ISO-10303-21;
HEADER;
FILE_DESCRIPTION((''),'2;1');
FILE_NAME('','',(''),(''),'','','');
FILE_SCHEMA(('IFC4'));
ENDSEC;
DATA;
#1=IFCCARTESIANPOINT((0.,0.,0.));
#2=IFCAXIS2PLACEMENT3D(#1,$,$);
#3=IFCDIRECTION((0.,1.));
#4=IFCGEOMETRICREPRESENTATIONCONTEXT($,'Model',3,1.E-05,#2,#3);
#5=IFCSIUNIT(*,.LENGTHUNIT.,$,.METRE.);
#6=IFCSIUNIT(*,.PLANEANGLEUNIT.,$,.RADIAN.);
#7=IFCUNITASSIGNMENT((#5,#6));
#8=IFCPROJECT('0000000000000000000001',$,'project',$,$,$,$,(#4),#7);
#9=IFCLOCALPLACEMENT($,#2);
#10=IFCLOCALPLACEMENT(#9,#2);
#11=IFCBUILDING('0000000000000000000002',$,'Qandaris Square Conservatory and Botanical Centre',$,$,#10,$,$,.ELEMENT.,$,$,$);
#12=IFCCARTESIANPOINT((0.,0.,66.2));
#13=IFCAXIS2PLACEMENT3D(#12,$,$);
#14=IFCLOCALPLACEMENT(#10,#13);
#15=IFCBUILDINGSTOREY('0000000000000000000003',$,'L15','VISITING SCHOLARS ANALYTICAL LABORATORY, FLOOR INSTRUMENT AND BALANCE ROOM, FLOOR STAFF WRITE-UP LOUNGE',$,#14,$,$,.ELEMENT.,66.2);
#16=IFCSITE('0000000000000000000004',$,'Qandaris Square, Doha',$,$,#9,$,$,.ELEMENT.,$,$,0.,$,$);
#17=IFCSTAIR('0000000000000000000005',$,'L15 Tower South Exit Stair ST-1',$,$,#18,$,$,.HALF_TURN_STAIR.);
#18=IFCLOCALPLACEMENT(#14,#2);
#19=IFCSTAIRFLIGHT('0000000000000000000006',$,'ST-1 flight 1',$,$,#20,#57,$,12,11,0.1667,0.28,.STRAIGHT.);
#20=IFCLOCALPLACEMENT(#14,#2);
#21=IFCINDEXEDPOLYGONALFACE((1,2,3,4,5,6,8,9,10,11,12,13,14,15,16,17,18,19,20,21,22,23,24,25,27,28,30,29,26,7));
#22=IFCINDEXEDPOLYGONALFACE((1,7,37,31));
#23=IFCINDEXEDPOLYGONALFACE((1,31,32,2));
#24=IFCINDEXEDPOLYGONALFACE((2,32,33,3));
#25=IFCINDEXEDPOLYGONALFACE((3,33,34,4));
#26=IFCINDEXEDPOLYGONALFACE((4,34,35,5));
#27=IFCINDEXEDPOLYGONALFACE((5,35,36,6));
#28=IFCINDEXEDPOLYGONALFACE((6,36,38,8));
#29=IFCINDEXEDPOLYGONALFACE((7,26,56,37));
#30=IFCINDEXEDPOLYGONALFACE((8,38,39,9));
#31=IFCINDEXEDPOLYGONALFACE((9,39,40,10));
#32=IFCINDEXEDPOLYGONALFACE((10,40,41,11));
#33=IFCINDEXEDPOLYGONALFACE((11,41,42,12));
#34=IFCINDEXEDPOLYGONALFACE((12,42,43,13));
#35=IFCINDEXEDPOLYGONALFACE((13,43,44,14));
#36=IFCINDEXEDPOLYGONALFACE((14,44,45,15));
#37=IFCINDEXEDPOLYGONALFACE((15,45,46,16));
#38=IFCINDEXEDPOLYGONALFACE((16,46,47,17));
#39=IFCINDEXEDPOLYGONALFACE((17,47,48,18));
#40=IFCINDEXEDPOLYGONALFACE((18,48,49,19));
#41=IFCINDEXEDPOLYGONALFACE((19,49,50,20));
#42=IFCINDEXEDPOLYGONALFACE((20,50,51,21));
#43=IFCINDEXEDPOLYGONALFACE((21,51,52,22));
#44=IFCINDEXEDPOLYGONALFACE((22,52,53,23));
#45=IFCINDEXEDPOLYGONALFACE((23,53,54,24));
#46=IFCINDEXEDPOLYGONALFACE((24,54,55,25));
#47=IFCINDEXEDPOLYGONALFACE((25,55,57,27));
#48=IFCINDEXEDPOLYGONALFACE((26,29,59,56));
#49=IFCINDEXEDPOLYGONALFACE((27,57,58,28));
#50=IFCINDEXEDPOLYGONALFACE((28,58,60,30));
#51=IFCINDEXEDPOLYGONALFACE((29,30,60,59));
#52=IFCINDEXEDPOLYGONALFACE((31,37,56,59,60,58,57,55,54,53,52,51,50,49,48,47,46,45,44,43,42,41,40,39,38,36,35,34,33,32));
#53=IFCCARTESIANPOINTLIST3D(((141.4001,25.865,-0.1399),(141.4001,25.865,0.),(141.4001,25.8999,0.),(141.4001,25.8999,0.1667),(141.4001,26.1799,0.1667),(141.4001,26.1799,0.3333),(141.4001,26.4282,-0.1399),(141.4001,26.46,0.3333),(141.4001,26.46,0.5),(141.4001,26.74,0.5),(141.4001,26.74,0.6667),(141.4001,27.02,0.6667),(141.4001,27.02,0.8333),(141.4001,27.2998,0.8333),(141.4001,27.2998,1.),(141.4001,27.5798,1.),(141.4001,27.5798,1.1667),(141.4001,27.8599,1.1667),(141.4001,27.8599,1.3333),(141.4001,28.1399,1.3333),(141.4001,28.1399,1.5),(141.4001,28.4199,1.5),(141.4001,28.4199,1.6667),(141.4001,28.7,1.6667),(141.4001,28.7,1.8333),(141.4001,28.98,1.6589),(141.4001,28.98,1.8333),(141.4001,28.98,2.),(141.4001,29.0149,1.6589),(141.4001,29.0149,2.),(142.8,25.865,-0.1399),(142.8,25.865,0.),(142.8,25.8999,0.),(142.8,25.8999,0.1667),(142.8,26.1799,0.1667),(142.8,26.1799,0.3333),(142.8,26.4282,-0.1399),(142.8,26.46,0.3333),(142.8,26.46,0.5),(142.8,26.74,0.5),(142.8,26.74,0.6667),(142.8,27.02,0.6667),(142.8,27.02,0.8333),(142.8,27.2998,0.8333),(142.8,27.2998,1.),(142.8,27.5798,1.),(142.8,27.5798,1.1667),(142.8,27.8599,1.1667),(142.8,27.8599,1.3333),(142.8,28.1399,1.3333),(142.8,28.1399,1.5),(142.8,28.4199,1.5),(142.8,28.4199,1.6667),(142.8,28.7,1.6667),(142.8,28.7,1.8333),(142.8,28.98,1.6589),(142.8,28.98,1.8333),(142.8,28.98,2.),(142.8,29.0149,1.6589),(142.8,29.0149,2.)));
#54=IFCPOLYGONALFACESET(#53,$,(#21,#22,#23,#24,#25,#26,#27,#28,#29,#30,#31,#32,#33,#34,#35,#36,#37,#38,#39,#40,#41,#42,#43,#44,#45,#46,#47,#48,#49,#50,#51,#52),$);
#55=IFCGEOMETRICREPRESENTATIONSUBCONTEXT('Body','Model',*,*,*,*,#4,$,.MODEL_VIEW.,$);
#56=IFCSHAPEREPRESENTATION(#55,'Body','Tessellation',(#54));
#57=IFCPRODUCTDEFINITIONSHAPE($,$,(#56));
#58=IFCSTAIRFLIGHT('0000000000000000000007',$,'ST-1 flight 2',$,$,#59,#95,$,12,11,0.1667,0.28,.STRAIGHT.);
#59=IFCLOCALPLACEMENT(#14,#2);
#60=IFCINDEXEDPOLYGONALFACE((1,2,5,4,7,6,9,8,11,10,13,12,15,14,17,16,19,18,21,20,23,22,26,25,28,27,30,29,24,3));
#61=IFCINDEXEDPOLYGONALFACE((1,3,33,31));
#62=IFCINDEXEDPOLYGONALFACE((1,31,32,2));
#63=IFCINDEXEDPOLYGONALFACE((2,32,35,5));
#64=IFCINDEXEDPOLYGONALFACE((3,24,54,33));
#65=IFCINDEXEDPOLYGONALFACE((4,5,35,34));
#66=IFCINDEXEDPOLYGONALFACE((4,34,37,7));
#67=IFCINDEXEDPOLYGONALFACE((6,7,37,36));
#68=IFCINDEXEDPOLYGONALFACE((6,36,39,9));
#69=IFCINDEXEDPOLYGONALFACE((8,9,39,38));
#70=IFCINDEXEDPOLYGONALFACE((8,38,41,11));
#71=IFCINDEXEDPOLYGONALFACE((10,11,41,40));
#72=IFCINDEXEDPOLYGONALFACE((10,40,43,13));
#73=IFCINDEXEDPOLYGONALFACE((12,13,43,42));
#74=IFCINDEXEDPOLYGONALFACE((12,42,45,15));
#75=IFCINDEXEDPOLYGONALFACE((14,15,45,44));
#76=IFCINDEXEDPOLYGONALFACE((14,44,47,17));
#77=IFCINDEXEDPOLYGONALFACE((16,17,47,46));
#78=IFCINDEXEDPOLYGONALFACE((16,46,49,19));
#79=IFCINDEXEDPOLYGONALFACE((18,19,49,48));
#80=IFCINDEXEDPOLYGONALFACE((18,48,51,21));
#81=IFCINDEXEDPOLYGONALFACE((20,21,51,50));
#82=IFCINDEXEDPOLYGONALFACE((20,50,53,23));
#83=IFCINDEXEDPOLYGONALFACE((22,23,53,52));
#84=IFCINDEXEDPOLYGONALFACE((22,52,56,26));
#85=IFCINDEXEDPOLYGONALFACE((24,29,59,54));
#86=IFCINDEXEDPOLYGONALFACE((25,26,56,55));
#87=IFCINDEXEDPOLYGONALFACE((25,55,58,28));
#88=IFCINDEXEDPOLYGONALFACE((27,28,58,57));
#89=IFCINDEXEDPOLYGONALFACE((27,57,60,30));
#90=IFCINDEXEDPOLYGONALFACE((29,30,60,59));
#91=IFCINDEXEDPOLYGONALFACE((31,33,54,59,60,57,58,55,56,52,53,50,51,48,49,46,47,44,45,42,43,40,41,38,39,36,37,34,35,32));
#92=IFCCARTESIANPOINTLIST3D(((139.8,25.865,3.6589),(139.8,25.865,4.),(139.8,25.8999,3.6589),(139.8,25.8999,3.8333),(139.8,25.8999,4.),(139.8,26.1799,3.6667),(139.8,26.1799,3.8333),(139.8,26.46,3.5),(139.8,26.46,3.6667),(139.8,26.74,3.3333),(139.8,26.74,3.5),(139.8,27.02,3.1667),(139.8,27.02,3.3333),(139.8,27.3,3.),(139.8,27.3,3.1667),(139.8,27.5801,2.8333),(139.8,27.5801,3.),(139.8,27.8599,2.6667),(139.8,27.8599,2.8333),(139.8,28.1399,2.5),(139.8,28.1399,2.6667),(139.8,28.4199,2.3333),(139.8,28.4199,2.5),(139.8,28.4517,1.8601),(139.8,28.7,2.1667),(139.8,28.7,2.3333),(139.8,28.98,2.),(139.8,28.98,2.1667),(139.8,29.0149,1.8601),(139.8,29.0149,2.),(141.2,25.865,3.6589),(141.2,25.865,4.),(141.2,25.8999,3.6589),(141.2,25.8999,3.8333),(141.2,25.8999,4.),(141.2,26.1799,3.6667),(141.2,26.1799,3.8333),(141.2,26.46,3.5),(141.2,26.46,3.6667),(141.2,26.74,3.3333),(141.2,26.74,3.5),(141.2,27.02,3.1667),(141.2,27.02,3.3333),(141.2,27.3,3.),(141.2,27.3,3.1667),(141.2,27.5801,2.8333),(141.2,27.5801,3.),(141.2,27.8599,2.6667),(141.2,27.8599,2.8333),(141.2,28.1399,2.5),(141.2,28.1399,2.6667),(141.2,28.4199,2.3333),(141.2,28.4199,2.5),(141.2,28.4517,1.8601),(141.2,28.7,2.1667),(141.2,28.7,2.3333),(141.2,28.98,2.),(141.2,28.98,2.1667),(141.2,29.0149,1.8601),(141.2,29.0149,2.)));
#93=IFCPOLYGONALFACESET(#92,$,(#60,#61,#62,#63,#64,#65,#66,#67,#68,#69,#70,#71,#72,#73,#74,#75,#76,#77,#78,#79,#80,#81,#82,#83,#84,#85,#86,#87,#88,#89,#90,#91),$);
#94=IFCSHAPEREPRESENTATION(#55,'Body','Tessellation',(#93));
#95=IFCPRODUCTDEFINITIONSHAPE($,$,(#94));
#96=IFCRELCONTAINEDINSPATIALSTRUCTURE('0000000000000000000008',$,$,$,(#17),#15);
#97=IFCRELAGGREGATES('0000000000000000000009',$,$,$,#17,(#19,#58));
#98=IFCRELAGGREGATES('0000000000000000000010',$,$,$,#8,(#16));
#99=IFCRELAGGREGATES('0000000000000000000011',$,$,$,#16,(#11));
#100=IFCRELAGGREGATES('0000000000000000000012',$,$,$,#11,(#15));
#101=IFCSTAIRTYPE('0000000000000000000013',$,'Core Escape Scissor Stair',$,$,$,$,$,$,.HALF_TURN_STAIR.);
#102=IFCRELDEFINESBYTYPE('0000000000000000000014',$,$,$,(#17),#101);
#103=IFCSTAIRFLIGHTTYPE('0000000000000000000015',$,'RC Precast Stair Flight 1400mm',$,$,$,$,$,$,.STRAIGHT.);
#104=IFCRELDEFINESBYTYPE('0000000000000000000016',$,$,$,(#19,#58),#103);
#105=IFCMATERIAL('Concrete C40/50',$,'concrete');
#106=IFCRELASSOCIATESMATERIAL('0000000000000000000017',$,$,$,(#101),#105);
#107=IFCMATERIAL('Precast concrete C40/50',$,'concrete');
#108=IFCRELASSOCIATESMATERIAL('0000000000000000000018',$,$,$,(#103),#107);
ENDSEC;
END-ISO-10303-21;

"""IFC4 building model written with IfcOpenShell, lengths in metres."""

from ifc_helpers import new_model, si_unit, direction, frame, origin, place, context, subcontext, project, spatial, polyline, outline, extrude, material, type_object, element, aggregate, save


model = new_model("IFC4")

# Units and contexts
model_context = context("Model", 3, precision=1e-05, world=origin(), true_north=direction((0.0, 1.0)))
body_context = subcontext(model_context, "Body", "Model", "MODEL_VIEW")
ifc_project = project(units=[si_unit("LENGTHUNIT", "METRE"), si_unit("PLANEANGLEUNIT", "RADIAN")], contexts=[model_context])

# Site, building, storey
site_placement = place(None, origin())
site = spatial("IfcSite", under=ifc_project, at=site_placement, Name="Qandaris Square, Doha", CompositionType="ELEMENT", RefElevation=0.0)
building_placement = place(site_placement, origin())
building = spatial("IfcBuilding", under=site, at=building_placement, Name="Qandaris Square Conservatory and Botanical Centre", CompositionType="ELEMENT")
storey_placement = place(building_placement, frame((0.0, 0.0, 66.2)))
storey = spatial("IfcBuildingStorey", under=building, at=storey_placement, Name="L15", Description="VISITING SCHOLARS ANALYTICAL LABORATORY, FLOOR INSTRUMENT AND BALANCE ROOM, FLOOR STAFF WRITE-UP LOUNGE", CompositionType="ELEMENT", Elevation=66.2)

# Shared definitions
ifc_material_1 = material(Name="Precast concrete C40/50", Category="concrete")

# Stair, stair flights
ifc_material_2 = material(Name="Concrete C40/50", Category="concrete")
stair_type = type_object("IfcStairType", Name="Core Escape Scissor Stair", PredefinedType="HALF_TURN_STAIR", material=ifc_material_2)
stair_placement = place(storey_placement, origin())
stair = element("IfcStair", 1, at=stair_placement, inside=storey, type_object=stair_type, Name="L15 Tower South Exit Stair ST-1", PredefinedType="HALF_TURN_STAIR")
stair_flight_type = type_object("IfcStairFlightType", Name="RC Precast Stair Flight 1400mm", PredefinedType="STRAIGHT", material=ifc_material_1)
stair_flight_1_placement = place(storey_placement, frame((142.1001, 25.8999, 0.0), z_axis=(0.0, 0.0, 1.0), x_axis=(0.0, 1.0, 0.0)))
stair_flight_1 = element("IfcStairFlight", 2, at=stair_flight_1_placement, type_object=stair_flight_type, Name="ST-1 flight 1", NumberOfRisers=12, NumberOfTreads=11, PredefinedType="STRAIGHT", RiserHeight=0.1667, TreadLength=0.28, context=body_context, shape_type="SweptSolid", body=[
    extrude(outline(polyline([(-0.0349, 0.0), (0.0, 0.0), (0.0, 0.1667), (0.28, 0.1667), (0.28, 0.3333), (0.5601, 0.3333), (0.5601, 0.5), (0.8401, 0.5), (0.8401, 0.6667), (1.1201, 0.6667), (1.1201, 0.8333), (1.3999, 0.8333), (1.3999, 1.0), (1.6799, 1.0), (1.6799, 1.1667), (1.96, 1.1667), (1.96, 1.3333), (2.24, 1.3333), (2.24, 1.5), (2.52, 1.5), (2.52, 1.6667), (2.8, 1.6667), (2.8, 1.8333), (3.0801, 1.8333), (3.0801, 2.0), (3.115, 2.0), (3.115, 1.6589), (3.0801, 1.6589), (0.5283, -0.1399), (-0.0349, -0.1399), (-0.0349, 0.0)])), frame((0.0, 0.7, 0.0), z_axis=(0.0, -1.0, 0.0), x_axis=(1.0, 0.0, 0.0)), (0.0, 0.0, 1.0), 1.3999),
])
stair_flight_2_placement = place(storey_placement, frame((140.5, 28.98, 2.0), z_axis=(0.0, 0.0, 1.0), x_axis=(0.0, -1.0, 0.0)))
stair_flight_2 = element("IfcStairFlight", 3, at=stair_flight_2_placement, type_object=stair_flight_type, Name="ST-1 flight 2", NumberOfRisers=12, NumberOfTreads=11, PredefinedType="STRAIGHT", RiserHeight=0.1667, TreadLength=0.28, context=body_context, shape_type="SweptSolid", body=[
    extrude(outline(polyline([(-0.0349, 0.0), (0.0, 0.0), (0.0, 0.1667), (0.28, 0.1667), (0.28, 0.3333), (0.5601, 0.3333), (0.5601, 0.5), (0.8401, 0.5), (0.8401, 0.6667), (1.1201, 0.6667), (1.1201, 0.8333), (1.3999, 0.8333), (1.3999, 1.0), (1.6799, 1.0), (1.6799, 1.1667), (1.96, 1.1667), (1.96, 1.3333), (2.24, 1.3333), (2.24, 1.5), (2.52, 1.5), (2.52, 1.6667), (2.8, 1.6667), (2.8, 1.8333), (3.0801, 1.8333), (3.0801, 2.0), (3.115, 2.0), (3.115, 1.6589), (3.0801, 1.6589), (0.5283, -0.1399), (-0.0349, -0.1399), (-0.0349, 0.0)])), frame((0.0, 0.7, 0.0), z_axis=(0.0, -1.0, 0.0), x_axis=(1.0, 0.0, 0.0)), (0.0, 0.0, 1.0), 1.3999),
])
aggregate(stair, [stair_flight_1, stair_flight_2])

save(model, "model.ifc")
